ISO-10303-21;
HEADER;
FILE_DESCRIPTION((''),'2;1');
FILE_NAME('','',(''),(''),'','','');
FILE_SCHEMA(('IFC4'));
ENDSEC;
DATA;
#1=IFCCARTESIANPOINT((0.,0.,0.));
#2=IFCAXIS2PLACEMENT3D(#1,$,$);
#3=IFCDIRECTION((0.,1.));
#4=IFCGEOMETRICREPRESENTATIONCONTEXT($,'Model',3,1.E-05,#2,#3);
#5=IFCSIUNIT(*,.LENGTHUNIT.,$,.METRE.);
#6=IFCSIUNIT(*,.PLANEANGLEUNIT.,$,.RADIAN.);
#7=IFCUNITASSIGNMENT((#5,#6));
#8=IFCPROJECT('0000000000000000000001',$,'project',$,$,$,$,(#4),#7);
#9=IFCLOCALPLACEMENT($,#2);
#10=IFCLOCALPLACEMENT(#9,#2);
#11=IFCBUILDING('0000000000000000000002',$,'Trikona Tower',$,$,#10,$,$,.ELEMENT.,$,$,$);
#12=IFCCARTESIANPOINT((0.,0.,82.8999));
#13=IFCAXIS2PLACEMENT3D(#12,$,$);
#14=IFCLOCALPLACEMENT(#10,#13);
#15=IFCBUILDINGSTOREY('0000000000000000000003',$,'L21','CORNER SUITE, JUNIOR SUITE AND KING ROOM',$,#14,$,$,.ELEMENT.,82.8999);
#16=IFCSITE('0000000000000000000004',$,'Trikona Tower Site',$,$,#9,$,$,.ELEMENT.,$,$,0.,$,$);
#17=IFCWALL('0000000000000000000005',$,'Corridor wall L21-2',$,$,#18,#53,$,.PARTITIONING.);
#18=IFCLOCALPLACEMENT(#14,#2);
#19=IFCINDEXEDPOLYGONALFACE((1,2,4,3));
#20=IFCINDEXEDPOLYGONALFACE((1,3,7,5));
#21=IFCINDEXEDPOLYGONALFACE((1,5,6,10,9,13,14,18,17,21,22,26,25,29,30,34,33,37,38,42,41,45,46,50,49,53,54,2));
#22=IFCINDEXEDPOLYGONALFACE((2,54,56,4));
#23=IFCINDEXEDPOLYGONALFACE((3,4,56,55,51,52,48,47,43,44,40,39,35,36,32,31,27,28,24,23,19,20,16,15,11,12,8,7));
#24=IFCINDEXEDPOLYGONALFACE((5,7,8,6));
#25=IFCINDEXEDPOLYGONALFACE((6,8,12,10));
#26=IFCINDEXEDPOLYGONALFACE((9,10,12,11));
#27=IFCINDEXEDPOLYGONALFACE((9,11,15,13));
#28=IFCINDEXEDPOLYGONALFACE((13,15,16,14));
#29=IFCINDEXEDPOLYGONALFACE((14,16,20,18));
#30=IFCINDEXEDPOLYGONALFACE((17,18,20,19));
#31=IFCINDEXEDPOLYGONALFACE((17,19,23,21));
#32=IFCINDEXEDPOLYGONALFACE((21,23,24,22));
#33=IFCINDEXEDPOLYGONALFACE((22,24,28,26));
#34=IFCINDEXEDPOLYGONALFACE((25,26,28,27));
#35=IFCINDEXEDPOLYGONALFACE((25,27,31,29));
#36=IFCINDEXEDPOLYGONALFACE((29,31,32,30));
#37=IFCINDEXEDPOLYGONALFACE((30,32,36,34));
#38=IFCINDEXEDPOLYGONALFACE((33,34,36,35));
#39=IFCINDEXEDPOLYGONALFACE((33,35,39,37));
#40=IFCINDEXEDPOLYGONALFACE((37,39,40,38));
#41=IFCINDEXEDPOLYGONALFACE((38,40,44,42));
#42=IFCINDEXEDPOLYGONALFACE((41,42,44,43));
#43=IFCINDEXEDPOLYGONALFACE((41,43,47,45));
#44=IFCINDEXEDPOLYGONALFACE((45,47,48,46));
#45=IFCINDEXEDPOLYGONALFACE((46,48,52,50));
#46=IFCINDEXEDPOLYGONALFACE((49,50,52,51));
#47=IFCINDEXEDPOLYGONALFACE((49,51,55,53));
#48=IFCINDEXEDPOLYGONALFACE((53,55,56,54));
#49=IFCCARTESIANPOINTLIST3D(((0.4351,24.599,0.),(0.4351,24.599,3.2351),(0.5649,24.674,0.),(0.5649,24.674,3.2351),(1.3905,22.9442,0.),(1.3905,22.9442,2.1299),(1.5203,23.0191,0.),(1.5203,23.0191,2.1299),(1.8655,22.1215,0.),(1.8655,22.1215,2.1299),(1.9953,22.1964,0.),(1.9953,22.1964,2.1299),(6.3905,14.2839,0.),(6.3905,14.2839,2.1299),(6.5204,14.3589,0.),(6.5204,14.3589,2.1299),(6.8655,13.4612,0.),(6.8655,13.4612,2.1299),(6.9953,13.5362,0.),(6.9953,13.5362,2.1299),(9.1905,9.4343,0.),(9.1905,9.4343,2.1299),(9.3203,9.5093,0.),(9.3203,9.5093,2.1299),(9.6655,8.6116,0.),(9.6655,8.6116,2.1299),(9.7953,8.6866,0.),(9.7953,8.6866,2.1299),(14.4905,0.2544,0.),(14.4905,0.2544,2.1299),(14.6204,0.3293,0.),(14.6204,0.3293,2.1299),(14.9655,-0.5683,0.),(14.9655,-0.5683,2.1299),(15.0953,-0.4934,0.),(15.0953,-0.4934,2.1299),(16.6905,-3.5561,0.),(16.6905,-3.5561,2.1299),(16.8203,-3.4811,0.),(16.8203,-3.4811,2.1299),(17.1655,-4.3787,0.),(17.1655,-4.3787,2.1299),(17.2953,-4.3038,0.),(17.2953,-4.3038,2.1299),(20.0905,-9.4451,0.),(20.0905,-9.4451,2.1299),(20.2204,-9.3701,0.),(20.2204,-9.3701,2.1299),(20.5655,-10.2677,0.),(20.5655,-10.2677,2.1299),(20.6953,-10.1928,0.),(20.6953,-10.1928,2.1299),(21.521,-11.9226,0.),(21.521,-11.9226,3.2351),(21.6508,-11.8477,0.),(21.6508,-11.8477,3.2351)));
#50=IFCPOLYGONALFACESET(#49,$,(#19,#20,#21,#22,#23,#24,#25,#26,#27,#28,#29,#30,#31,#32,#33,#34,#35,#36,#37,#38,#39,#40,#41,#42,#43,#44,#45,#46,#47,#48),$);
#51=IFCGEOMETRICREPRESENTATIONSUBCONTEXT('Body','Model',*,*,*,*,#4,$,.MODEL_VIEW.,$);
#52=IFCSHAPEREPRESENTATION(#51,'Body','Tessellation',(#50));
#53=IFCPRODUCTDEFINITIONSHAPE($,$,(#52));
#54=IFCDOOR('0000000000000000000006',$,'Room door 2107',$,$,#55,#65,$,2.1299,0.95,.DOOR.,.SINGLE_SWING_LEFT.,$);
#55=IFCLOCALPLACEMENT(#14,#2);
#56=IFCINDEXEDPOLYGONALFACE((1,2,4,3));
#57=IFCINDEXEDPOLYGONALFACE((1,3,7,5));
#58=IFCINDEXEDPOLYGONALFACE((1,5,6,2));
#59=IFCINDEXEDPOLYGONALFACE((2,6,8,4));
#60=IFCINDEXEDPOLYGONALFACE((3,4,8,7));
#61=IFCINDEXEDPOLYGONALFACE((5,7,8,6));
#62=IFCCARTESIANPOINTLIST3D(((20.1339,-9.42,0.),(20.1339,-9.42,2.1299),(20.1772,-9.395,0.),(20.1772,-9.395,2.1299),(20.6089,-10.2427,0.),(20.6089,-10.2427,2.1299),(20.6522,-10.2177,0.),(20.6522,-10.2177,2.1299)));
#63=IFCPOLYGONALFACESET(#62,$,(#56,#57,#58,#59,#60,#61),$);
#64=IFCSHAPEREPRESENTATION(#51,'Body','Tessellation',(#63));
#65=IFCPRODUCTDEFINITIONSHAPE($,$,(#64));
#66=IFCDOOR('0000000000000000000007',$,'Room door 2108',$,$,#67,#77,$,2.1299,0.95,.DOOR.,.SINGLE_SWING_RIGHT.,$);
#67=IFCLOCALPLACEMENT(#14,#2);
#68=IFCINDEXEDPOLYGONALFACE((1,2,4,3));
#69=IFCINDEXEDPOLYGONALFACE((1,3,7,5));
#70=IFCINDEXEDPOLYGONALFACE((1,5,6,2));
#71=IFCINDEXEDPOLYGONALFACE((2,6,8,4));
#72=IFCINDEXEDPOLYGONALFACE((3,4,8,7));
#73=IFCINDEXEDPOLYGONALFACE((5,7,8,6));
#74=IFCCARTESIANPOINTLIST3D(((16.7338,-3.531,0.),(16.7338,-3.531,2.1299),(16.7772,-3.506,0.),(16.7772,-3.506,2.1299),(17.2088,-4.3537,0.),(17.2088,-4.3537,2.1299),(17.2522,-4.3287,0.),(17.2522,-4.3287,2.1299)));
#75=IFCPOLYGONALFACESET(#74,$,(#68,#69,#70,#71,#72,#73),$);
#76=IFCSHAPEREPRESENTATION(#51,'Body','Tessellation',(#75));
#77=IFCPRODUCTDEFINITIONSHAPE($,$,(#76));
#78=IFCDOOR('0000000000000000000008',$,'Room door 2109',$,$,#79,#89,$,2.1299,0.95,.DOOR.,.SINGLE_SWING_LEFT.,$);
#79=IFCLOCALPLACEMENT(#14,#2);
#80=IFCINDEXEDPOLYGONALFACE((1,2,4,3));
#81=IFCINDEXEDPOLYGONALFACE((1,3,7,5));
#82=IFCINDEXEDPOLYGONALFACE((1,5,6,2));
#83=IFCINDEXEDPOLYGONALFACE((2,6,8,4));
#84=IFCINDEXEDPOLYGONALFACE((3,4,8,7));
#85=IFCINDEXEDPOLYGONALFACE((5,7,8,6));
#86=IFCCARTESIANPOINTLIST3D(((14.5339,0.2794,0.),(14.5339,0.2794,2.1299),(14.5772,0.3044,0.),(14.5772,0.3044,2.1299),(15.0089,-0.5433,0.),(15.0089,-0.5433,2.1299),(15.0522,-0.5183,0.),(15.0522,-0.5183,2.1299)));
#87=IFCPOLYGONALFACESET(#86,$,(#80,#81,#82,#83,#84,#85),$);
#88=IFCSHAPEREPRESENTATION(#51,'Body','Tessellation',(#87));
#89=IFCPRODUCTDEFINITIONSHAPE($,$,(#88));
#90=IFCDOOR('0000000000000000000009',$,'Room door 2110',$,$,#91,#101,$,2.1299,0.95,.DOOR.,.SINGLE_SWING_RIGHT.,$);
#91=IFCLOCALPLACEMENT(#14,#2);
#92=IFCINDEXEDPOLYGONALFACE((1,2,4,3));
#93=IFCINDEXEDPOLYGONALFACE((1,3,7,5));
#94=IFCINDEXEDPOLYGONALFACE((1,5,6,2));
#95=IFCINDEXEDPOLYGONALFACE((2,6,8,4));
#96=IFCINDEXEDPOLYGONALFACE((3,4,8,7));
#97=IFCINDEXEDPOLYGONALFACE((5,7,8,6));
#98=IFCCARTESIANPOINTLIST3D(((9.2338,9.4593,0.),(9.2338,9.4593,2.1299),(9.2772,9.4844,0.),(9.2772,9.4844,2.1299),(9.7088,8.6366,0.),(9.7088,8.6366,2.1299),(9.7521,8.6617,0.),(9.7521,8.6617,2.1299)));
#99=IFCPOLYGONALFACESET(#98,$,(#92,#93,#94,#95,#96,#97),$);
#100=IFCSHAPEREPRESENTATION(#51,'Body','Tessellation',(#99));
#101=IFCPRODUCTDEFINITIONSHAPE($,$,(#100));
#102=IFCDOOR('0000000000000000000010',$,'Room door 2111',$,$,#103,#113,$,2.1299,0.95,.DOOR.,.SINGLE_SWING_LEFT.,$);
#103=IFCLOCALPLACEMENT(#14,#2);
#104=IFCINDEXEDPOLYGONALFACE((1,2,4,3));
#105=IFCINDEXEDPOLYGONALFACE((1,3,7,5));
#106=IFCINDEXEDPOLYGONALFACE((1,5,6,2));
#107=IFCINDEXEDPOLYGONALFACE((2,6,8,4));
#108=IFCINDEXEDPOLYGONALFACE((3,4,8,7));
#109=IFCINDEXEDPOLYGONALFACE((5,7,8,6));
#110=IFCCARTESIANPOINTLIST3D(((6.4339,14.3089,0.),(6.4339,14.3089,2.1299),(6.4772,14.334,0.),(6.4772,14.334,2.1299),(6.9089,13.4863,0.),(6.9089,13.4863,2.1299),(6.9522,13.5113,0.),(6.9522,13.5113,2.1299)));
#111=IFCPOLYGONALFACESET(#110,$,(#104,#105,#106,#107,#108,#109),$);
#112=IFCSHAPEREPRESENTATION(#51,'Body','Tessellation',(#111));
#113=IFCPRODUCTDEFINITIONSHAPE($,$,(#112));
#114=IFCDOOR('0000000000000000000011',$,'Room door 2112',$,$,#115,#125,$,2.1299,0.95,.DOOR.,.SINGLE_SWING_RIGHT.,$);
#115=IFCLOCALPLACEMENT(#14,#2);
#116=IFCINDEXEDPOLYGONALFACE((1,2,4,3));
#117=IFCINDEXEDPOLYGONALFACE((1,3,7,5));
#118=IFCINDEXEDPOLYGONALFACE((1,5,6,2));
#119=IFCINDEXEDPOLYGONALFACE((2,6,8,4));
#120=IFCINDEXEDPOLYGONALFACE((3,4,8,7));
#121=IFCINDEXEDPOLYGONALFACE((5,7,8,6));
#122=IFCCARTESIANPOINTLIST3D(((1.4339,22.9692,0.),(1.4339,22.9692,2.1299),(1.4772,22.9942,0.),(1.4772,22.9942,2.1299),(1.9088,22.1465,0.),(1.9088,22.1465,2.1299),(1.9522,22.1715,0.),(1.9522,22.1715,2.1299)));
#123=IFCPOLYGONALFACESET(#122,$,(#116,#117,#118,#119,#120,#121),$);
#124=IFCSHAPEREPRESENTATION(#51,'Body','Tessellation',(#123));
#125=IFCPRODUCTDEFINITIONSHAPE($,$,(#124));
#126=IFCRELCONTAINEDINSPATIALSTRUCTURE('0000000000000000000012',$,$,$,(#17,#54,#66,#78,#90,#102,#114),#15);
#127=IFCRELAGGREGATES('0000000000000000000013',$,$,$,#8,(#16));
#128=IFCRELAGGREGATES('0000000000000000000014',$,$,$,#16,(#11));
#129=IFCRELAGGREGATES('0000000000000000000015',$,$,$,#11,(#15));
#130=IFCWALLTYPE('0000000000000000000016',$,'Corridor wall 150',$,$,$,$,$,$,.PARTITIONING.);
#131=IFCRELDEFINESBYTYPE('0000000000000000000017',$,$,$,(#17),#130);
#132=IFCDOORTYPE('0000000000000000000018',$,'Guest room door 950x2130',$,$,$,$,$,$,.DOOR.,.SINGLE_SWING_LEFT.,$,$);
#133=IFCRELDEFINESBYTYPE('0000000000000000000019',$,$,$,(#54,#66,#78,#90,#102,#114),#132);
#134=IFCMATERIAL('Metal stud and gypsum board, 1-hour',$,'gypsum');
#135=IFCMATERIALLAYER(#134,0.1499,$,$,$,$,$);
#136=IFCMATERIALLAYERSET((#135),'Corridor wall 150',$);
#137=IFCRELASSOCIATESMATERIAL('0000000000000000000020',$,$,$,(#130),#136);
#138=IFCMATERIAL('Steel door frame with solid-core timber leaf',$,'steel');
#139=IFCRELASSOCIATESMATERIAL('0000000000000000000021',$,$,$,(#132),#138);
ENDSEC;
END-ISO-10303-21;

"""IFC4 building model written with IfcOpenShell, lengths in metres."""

from ifc_helpers import new_model, si_unit, direction, frame, frame_2d, origin, place, context, subcontext, project, spatial, rectangle, extrude, material, layer, layer_set, type_object, element, fill, save


model = new_model("IFC4")

# Units and contexts
model_context = context("Model", 3, precision=1e-05, world=origin(), true_north=direction((0.0, 1.0)))
body_context = subcontext(model_context, "Body", "Model", "MODEL_VIEW")
ifc_project = project(units=[si_unit("LENGTHUNIT", "METRE"), si_unit("PLANEANGLEUNIT", "RADIAN")], contexts=[model_context])

# Site, building, storey
site_placement = place(None, origin())
site = spatial("IfcSite", under=ifc_project, at=site_placement, Name="Trikona Tower Site", CompositionType="ELEMENT", RefElevation=0.0)
building_placement = place(site_placement, origin())
building = spatial("IfcBuilding", under=site, at=building_placement, Name="Trikona Tower", CompositionType="ELEMENT")
storey_placement = place(building_placement, frame((0.0, 0.0, 82.8999)))
storey = spatial("IfcBuildingStorey", under=building, at=storey_placement, Name="L21", Description="CORNER SUITE, JUNIOR SUITE AND KING ROOM", CompositionType="ELEMENT", Elevation=82.8999)

# Wall, openings, doors
ifc_material_1 = material(Name="Metal stud and gypsum board, 1-hour", Category="gypsum")
ifc_layer_1 = layer(ifc_material_1, 0.1499)
ifc_layer_set_1 = layer_set([ifc_layer_1], Name="Corridor wall 150")
wall_type_1 = type_object("IfcWallType", Name="Corridor wall 150", PredefinedType="PARTITIONING", material=ifc_layer_set_1)
wall_1_placement = place(storey_placement, frame((21.5859, -11.8853, 0.0), z_axis=(0.0, 0.0, 1.0), x_axis=(-0.500002, 0.866024, 0.0)))
wall_1 = element("IfcWall", 1, at=wall_1_placement, inside=storey, type_object=wall_type_1, Name="Corridor wall L21-2", PredefinedType="PARTITIONING", context=body_context, shape_type="SweptSolid", body=[
    extrude(rectangle(XDim=42.1716, YDim=0.1499, at=frame_2d((21.0859, 0.0))), origin(), (0.0, 0.0, 1.0), 3.2351),
])
opening_1_placement = place(wall_1_placement, frame((1.9109, 0.0, 0.0)))
opening_1 = element("IfcOpeningElement", 2, at=opening_1_placement, cuts=wall_1, PredefinedType="OPENING", context=body_context, shape_type="SweptSolid", body=[
    extrude(rectangle(XDim=0.95, YDim=2.1299, at=frame_2d((0.4751, 1.0649))), frame((0.0, 0.085, 0.0), z_axis=(0.0, -1.0, 0.0), x_axis=(1.0, 0.0, 0.0)), (0.0, 0.0, 1.0), 0.1699),
])
opening_2_placement = place(wall_1_placement, frame((8.7109, 0.0, 0.0)))
opening_2 = element("IfcOpeningElement", 3, at=opening_2_placement, cuts=wall_1, PredefinedType="OPENING", context=body_context, shape_type="SweptSolid", body=[
    extrude(rectangle(XDim=0.95, YDim=2.1299, at=frame_2d((0.4751, 1.0649))), frame((0.0, 0.085, 0.0), z_axis=(0.0, -1.0, 0.0), x_axis=(1.0, 0.0, 0.0)), (0.0, 0.0, 1.0), 0.1699),
])
opening_3_placement = place(wall_1_placement, frame((13.1108, 0.0, 0.0)))
opening_3 = element("IfcOpeningElement", 4, at=opening_3_placement, cuts=wall_1, PredefinedType="OPENING", context=body_context, shape_type="SweptSolid", body=[
    extrude(rectangle(XDim=0.95, YDim=2.1299, at=frame_2d((0.4751, 1.0649))), frame((0.0, 0.085, 0.0), z_axis=(0.0, -1.0, 0.0), x_axis=(1.0, 0.0, 0.0)), (0.0, 0.0, 1.0), 0.1699),
])
opening_4_placement = place(wall_1_placement, frame((23.7109, 0.0, 0.0)))
opening_4 = element("IfcOpeningElement", 5, at=opening_4_placement, cuts=wall_1, PredefinedType="OPENING", context=body_context, shape_type="SweptSolid", body=[
    extrude(rectangle(XDim=0.95, YDim=2.1299, at=frame_2d((0.4751, 1.0649))), frame((0.0, 0.085, 0.0), z_axis=(0.0, -1.0, 0.0), x_axis=(1.0, 0.0, 0.0)), (0.0, 0.0, 1.0), 0.1699),
])
opening_5_placement = place(wall_1_placement, frame((29.3108, 0.0, 0.0)))
opening_5 = element("IfcOpeningElement", 6, at=opening_5_placement, cuts=wall_1, PredefinedType="OPENING", context=body_context, shape_type="SweptSolid", body=[
    extrude(rectangle(XDim=0.95, YDim=2.1299, at=frame_2d((0.4751, 1.0649))), frame((0.0, 0.085, 0.0), z_axis=(0.0, -1.0, 0.0), x_axis=(1.0, 0.0, 0.0)), (0.0, 0.0, 1.0), 0.1699),
])
opening_6_placement = place(wall_1_placement, frame((39.3108, 0.0, 0.0)))
opening_6 = element("IfcOpeningElement", 7, at=opening_6_placement, cuts=wall_1, PredefinedType="OPENING", context=body_context, shape_type="SweptSolid", body=[
    extrude(rectangle(XDim=0.95, YDim=2.1299, at=frame_2d((0.4751, 1.0649))), frame((0.0, 0.085, 0.0), z_axis=(0.0, -1.0, 0.0), x_axis=(1.0, 0.0, 0.0)), (0.0, 0.0, 1.0), 0.1699),
])
ifc_material_2 = material(Name="Steel door frame with solid-core timber leaf", Category="steel")
door_type = type_object("IfcDoorType", Name="Guest room door 950x2130", OperationType="SINGLE_SWING_LEFT", PredefinedType="DOOR", material=ifc_material_2)
door_1_placement = place(opening_1_placement, origin())
door_1 = element("IfcDoor", 8, at=door_1_placement, inside=storey, type_object=door_type, Name="Room door 2107", OperationType="SINGLE_SWING_LEFT", OverallHeight=2.1299, OverallWidth=0.95, PredefinedType="DOOR", context=body_context, shape_type="SweptSolid", body=[
    extrude(rectangle(XDim=0.95, YDim=2.1299, at=frame_2d((0.4751, 1.0649))), frame((0.0, 0.0249, 0.0), z_axis=(0.0, -1.0, 0.0), x_axis=(1.0, 0.0, 0.0)), (0.0, 0.0, 1.0), 0.05),
])
fill(opening_1, door_1)
door_2_placement = place(opening_2_placement, origin())
door_2 = element("IfcDoor", 9, at=door_2_placement, inside=storey, type_object=door_type, Name="Room door 2108", OperationType="SINGLE_SWING_RIGHT", OverallHeight=2.1299, OverallWidth=0.95, PredefinedType="DOOR", context=body_context, shape_type="SweptSolid", body=[
    extrude(rectangle(XDim=0.95, YDim=2.1299, at=frame_2d((0.4751, 1.0649))), frame((0.0, 0.0249, 0.0), z_axis=(0.0, -1.0, 0.0), x_axis=(1.0, 0.0, 0.0)), (0.0, 0.0, 1.0), 0.05),
])
fill(opening_2, door_2)
door_3_placement = place(opening_3_placement, origin())
door_3 = element("IfcDoor", 10, at=door_3_placement, inside=storey, type_object=door_type, Name="Room door 2109", OperationType="SINGLE_SWING_LEFT", OverallHeight=2.1299, OverallWidth=0.95, PredefinedType="DOOR", context=body_context, shape_type="SweptSolid", body=[
    extrude(rectangle(XDim=0.95, YDim=2.1299, at=frame_2d((0.4751, 1.0649))), frame((0.0, 0.0249, 0.0), z_axis=(0.0, -1.0, 0.0), x_axis=(1.0, 0.0, 0.0)), (0.0, 0.0, 1.0), 0.05),
])
fill(opening_3, door_3)
door_4_placement = place(opening_4_placement, origin())
door_4 = element("IfcDoor", 11, at=door_4_placement, inside=storey, type_object=door_type, Name="Room door 2110", OperationType="SINGLE_SWING_RIGHT", OverallHeight=2.1299, OverallWidth=0.95, PredefinedType="DOOR", context=body_context, shape_type="SweptSolid", body=[
    extrude(rectangle(XDim=0.95, YDim=2.1299, at=frame_2d((0.4751, 1.0649))), frame((0.0, 0.0249, 0.0), z_axis=(0.0, -1.0, 0.0), x_axis=(1.0, 0.0, 0.0)), (0.0, 0.0, 1.0), 0.05),
])
fill(opening_4, door_4)
door_5_placement = place(opening_5_placement, origin())
door_5 = element("IfcDoor", 12, at=door_5_placement, inside=storey, type_object=door_type, Name="Room door 2111", OperationType="SINGLE_SWING_LEFT", OverallHeight=2.1299, OverallWidth=0.95, PredefinedType="DOOR", context=body_context, shape_type="SweptSolid", body=[
    extrude(rectangle(XDim=0.95, YDim=2.1299, at=frame_2d((0.4751, 1.0649))), frame((0.0, 0.0249, 0.0), z_axis=(0.0, -1.0, 0.0), x_axis=(1.0, 0.0, 0.0)), (0.0, 0.0, 1.0), 0.05),
])
fill(opening_5, door_5)
door_6_placement = place(opening_6_placement, origin())
door_6 = element("IfcDoor", 13, at=door_6_placement, inside=storey, type_object=door_type, Name="Room door 2112", OperationType="SINGLE_SWING_RIGHT", OverallHeight=2.1299, OverallWidth=0.95, PredefinedType="DOOR", context=body_context, shape_type="SweptSolid", body=[
    extrude(rectangle(XDim=0.95, YDim=2.1299, at=frame_2d((0.4751, 1.0649))), frame((0.0, 0.0249, 0.0), z_axis=(0.0, -1.0, 0.0), x_axis=(1.0, 0.0, 0.0)), (0.0, 0.0, 1.0), 0.05),
])
fill(opening_6, door_6)

save(model, "model.ifc")
